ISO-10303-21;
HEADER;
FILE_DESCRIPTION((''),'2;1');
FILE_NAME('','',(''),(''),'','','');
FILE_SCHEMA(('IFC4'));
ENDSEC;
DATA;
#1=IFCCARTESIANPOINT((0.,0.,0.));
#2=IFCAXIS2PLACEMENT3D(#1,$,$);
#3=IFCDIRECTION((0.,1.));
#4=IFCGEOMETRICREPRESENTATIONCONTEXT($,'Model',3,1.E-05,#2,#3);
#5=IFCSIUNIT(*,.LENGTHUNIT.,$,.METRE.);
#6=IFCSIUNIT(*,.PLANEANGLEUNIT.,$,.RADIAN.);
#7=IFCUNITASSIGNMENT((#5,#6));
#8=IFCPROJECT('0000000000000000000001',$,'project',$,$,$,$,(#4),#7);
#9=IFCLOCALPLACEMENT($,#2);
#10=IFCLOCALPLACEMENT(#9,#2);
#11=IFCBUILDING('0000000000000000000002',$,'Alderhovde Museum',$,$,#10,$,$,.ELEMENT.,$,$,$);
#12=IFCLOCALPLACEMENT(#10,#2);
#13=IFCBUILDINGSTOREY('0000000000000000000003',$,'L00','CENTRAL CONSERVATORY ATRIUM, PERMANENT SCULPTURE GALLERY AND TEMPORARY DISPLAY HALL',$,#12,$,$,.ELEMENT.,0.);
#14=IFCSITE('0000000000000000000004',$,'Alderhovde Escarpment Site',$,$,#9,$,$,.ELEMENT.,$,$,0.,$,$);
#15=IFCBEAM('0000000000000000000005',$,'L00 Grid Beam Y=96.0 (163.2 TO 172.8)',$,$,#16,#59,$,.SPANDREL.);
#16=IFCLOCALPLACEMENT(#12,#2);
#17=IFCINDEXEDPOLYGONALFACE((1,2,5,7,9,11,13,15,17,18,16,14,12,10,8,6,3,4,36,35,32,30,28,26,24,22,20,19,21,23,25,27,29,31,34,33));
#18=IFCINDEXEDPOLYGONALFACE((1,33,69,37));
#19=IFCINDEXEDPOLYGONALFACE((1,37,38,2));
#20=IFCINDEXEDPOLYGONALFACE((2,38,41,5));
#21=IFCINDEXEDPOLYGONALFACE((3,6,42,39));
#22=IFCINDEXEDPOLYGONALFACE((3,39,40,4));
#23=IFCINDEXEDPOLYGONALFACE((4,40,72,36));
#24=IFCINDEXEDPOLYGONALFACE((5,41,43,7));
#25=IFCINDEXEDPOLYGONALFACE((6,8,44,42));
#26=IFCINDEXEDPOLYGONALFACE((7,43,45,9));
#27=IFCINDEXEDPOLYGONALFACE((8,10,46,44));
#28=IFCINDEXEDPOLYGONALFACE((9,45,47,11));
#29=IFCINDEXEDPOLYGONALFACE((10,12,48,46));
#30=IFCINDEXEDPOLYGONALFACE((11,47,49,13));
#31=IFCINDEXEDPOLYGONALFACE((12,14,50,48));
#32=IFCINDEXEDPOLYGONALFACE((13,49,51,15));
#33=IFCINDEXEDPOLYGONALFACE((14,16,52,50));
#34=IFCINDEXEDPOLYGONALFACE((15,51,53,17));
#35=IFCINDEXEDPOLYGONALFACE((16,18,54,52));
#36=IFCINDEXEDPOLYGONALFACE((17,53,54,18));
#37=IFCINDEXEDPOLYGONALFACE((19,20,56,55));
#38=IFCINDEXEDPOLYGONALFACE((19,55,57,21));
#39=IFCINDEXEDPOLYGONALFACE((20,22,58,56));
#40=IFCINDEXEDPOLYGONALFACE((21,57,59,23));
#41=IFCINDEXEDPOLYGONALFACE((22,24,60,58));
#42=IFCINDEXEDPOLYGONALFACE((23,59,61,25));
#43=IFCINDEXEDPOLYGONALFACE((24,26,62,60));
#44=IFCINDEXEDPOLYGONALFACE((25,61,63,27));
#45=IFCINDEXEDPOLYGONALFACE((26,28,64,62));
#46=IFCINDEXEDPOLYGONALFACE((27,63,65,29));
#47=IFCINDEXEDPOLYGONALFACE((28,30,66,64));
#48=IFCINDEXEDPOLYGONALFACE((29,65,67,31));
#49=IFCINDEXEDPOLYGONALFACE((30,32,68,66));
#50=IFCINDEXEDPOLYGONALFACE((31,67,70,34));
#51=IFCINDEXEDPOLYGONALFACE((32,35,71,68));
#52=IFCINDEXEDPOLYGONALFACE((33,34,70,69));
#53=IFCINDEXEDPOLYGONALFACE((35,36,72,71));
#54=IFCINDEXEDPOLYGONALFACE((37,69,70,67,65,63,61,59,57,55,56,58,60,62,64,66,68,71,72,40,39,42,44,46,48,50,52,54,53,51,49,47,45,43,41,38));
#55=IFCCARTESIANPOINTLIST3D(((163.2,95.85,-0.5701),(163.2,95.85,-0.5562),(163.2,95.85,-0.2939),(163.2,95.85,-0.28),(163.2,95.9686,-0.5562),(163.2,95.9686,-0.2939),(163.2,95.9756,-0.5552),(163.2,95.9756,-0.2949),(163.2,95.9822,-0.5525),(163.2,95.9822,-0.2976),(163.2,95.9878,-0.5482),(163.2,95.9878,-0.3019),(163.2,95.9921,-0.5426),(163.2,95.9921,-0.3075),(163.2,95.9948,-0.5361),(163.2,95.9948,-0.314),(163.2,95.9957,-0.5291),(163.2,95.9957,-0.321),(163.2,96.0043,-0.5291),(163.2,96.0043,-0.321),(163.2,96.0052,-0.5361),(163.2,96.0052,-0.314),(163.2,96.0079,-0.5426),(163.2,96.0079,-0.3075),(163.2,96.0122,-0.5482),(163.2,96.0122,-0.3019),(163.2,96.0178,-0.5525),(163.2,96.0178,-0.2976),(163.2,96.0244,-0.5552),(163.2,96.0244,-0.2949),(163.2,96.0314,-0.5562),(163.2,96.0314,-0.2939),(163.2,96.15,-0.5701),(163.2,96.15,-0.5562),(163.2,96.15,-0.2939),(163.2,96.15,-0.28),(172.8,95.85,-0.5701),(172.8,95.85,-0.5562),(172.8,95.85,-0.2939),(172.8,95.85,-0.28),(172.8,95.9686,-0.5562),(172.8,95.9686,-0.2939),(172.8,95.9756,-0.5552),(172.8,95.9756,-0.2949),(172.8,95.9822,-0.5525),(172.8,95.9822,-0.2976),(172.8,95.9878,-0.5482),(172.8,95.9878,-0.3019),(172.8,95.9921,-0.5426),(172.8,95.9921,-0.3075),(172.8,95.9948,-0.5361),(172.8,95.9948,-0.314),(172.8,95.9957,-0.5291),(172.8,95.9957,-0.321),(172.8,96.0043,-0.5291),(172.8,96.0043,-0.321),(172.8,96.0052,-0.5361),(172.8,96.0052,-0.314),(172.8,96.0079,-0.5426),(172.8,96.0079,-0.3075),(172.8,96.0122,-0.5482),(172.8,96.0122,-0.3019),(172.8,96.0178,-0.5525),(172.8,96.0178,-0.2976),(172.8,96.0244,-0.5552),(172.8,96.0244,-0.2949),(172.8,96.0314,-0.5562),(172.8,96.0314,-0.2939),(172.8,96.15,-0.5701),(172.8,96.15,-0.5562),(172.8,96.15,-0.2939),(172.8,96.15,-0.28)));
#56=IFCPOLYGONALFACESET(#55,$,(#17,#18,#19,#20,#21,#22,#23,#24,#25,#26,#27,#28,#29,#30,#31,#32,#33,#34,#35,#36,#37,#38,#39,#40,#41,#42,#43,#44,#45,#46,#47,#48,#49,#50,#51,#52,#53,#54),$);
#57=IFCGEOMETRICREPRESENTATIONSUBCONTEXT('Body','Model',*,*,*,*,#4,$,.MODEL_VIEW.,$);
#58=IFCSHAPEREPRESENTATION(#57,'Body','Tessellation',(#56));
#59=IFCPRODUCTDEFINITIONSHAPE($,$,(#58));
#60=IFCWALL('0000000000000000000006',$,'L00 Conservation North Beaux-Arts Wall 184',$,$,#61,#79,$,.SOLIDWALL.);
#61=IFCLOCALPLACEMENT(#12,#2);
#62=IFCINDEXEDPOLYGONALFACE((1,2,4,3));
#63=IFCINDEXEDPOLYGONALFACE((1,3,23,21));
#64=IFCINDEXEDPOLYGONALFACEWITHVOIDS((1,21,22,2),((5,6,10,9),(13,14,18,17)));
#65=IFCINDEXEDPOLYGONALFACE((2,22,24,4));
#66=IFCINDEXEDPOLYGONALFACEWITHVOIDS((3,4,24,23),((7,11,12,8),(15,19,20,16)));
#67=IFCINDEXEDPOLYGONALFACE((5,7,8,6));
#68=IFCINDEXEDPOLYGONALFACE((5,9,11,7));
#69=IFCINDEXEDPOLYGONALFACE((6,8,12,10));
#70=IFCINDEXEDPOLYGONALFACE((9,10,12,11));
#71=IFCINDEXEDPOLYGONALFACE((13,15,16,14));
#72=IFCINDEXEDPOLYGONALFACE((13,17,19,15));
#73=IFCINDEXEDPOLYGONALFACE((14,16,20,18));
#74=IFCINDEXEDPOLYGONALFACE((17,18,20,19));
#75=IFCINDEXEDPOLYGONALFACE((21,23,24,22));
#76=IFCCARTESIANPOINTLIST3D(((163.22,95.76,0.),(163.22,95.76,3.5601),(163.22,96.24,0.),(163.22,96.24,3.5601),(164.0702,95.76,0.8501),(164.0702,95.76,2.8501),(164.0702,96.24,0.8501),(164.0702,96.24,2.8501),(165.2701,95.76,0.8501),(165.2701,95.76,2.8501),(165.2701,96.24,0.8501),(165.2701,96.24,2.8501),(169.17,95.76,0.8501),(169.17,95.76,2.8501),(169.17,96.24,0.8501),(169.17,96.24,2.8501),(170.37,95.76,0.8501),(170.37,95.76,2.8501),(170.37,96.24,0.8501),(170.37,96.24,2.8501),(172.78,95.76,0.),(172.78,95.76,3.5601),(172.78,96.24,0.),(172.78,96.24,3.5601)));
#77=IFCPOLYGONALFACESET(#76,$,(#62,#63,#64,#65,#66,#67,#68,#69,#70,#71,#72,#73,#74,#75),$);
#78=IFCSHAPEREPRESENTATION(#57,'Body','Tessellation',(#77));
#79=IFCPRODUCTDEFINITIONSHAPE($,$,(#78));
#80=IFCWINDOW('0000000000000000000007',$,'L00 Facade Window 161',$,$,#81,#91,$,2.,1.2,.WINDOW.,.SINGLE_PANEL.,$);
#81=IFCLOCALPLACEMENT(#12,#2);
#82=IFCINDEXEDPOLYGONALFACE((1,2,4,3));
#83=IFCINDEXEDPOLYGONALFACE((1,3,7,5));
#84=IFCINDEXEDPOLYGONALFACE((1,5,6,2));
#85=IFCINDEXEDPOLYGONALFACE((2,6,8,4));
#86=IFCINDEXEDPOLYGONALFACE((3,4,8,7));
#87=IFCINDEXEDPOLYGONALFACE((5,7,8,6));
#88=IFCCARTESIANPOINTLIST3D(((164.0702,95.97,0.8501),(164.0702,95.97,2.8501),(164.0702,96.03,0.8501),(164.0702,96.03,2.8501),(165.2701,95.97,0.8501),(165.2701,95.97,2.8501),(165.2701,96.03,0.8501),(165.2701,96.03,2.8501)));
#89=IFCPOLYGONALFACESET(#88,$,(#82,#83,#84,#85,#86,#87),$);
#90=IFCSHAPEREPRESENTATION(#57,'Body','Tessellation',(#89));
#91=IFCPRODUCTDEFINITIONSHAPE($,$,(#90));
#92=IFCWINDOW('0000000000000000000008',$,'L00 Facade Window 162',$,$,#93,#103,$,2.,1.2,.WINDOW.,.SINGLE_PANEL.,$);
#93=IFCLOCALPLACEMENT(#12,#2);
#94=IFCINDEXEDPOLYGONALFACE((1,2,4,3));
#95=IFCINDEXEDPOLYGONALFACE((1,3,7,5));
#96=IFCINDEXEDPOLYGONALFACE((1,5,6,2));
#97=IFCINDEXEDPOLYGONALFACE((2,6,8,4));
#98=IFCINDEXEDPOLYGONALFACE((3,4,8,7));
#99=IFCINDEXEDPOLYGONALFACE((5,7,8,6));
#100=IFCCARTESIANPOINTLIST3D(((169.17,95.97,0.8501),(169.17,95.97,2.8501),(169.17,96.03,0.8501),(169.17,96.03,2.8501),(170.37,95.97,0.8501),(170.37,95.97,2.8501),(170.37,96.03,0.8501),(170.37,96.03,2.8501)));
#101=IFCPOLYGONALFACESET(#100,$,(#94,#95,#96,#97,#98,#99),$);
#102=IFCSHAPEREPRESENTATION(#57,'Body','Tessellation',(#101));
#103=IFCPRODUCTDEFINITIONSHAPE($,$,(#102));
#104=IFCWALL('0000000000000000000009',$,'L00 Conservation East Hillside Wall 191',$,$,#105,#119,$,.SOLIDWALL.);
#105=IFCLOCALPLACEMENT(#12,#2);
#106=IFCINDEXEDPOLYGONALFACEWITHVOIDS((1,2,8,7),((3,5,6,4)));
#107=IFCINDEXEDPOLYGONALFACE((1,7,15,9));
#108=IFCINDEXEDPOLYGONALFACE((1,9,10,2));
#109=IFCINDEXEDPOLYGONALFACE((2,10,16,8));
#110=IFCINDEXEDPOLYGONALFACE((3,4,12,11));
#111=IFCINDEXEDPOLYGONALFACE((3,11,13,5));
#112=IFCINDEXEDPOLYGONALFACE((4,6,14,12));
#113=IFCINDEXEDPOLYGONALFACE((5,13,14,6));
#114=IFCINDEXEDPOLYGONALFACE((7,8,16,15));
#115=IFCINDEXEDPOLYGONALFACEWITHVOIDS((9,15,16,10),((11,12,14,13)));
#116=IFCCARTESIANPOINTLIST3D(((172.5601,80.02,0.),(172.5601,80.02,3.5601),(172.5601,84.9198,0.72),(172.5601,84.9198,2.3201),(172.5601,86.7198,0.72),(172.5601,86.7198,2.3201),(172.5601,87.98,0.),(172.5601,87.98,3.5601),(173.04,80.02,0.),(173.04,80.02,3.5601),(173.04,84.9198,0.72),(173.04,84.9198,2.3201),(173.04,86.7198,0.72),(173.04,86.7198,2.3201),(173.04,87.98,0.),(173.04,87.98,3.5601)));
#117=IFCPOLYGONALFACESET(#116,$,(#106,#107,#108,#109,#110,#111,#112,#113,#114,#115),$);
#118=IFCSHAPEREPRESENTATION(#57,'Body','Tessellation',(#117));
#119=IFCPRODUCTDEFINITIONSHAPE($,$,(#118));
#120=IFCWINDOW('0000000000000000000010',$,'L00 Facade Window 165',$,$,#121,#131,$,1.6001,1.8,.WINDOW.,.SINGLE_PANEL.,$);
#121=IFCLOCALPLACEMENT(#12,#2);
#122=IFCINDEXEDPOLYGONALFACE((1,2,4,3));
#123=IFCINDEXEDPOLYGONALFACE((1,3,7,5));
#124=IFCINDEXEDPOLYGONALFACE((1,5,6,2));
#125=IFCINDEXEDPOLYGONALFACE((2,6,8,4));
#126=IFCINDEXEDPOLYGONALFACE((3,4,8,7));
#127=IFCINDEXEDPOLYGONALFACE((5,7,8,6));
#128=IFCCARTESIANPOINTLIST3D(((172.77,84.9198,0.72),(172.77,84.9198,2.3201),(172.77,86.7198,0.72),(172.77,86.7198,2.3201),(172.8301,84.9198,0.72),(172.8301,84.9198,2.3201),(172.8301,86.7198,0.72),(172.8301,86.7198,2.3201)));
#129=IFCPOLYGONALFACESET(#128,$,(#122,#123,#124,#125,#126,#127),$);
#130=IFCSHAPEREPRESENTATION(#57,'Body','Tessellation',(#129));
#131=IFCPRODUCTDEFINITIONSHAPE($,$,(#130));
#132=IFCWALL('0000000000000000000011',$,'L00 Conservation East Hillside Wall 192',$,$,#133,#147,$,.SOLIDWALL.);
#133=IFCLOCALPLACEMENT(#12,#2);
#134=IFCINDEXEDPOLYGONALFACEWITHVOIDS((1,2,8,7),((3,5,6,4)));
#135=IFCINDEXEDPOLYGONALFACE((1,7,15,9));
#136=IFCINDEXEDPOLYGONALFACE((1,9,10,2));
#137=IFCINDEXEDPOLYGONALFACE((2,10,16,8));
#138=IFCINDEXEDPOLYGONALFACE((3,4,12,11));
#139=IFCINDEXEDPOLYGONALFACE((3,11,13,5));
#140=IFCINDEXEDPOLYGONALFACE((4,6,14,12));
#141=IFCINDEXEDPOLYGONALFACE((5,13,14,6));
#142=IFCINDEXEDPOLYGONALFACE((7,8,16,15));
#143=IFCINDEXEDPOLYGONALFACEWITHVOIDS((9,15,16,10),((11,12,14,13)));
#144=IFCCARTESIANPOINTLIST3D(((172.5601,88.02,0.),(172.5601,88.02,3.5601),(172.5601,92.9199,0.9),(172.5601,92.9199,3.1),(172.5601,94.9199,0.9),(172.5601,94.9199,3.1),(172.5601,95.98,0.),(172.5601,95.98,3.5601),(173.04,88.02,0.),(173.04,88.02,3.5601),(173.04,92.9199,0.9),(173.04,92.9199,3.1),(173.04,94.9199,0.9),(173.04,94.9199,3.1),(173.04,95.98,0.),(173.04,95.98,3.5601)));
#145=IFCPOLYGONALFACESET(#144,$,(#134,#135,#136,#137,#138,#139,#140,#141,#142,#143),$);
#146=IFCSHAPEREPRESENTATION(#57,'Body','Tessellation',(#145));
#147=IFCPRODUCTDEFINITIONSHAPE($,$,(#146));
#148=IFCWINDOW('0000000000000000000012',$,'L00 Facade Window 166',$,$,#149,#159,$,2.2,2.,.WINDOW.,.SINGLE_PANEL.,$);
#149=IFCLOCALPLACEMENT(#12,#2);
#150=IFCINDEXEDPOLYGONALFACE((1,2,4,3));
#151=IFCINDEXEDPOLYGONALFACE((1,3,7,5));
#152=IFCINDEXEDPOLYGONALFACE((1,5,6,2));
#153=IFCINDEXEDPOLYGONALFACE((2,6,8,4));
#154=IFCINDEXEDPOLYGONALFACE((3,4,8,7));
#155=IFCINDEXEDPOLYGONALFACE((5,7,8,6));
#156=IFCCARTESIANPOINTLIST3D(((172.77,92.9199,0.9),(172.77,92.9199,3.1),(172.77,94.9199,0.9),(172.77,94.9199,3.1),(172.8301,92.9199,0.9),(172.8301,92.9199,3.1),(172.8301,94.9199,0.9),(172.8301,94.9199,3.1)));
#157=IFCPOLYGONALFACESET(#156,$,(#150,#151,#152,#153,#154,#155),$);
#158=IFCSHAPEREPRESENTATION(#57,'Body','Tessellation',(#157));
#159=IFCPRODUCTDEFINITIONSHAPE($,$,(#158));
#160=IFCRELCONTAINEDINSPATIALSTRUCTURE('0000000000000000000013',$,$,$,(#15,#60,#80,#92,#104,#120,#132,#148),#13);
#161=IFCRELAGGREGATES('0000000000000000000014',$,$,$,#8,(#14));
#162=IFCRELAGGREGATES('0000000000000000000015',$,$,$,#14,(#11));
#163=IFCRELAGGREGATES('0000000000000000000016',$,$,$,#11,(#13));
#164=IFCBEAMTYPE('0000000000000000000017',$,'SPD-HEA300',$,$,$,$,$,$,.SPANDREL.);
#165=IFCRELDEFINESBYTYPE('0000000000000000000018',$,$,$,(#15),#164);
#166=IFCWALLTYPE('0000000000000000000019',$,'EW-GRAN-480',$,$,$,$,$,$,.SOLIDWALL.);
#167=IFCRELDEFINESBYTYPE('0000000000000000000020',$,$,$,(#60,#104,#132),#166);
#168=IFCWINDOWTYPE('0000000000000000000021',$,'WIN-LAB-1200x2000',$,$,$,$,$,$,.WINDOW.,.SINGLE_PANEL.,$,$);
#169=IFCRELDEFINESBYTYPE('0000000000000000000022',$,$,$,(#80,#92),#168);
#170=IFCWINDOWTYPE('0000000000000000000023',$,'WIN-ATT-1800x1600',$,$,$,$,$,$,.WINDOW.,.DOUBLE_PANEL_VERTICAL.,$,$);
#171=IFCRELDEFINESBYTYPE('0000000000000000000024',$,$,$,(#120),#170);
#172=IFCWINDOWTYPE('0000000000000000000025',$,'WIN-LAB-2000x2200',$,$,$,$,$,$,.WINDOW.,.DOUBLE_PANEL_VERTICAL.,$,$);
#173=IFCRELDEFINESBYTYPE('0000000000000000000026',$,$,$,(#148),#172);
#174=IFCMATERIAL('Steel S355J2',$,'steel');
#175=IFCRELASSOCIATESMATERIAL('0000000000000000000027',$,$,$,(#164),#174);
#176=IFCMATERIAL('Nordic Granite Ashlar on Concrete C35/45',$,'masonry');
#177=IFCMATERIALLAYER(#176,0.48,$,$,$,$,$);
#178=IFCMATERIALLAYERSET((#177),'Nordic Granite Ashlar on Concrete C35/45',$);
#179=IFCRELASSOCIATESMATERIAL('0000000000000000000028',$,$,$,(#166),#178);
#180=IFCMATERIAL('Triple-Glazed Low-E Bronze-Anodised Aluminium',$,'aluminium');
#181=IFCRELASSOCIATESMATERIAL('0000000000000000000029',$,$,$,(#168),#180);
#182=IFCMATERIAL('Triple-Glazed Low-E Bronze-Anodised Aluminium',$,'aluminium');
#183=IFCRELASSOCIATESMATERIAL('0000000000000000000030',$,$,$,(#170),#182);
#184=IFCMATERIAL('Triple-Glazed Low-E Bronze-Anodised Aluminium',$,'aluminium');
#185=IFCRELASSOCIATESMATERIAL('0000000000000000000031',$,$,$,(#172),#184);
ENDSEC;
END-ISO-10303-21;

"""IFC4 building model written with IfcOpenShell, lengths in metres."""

from ifc_helpers import new_model, si_unit, direction, frame, frame_2d, origin, origin_2d, place, context, subcontext, project, spatial, rectangle, i_section, extrude, material, layer, layer_set, material_profile, profile_set, type_object, element, fill, save


model = new_model("IFC4")

# Units and contexts
model_context = context("Model", 3, precision=1e-05, world=origin(), true_north=direction((0.0, 1.0)))
body_context = subcontext(model_context, "Body", "Model", "MODEL_VIEW")
ifc_project = project(units=[si_unit("LENGTHUNIT", "METRE"), si_unit("PLANEANGLEUNIT", "RADIAN")], contexts=[model_context])

# Site, building, storey
site_placement = place(None, origin())
site = spatial("IfcSite", under=ifc_project, at=site_placement, Name="Alderhovde Escarpment Site", CompositionType="ELEMENT", RefElevation=0.0)
building_placement = place(site_placement, origin())
building = spatial("IfcBuilding", under=site, at=building_placement, Name="Alderhovde Museum", CompositionType="ELEMENT")
storey_placement = place(building_placement, origin())
storey = spatial("IfcBuildingStorey", under=building, at=storey_placement, Name="L00", Description="CENTRAL CONSERVATORY ATRIUM, PERMANENT SCULPTURE GALLERY AND TEMPORARY DISPLAY HALL", CompositionType="ELEMENT", Elevation=0.0)

# Beam
ifc_material_1 = material(Name="Steel S355J2", Category="steel")
ifc_material_profile_1 = material_profile(ifc_material_1, i_section(OverallWidth=0.3, OverallDepth=0.29, WebThickness=0.0085, FlangeThickness=0.0139, FilletRadius=0.0271, at=origin_2d()), Name="HEA 300")
ifc_profile_set_1 = profile_set([ifc_material_profile_1], Name="Steel S355J2")
beam_type_1 = type_object("IfcBeamType", Name="SPD-HEA300", PredefinedType="SPANDREL", material=ifc_profile_set_1)
beam_1_placement = place(storey_placement, frame((163.2, 96.0, -0.425), z_axis=(1.0, 0.0, 0.0), x_axis=(0.0, 1.0, 0.0)))
element("IfcBeam", 1, at=beam_1_placement, inside=storey, type_object=beam_type_1, Name="L00 Grid Beam Y=96.0 (163.2 TO 172.8)", PredefinedType="SPANDREL", context=body_context, shape_type="SweptSolid", body=[
    extrude(i_section(OverallWidth=0.3, OverallDepth=0.29, WebThickness=0.0085, FlangeThickness=0.0139, FilletRadius=0.0271, at=origin_2d()), origin(), (0.0, 0.0, 1.0), 9.6001),
])

# Wall, openings, windows
ifc_material_2 = material(Name="Nordic Granite Ashlar on Concrete C35/45", Category="masonry")
ifc_layer = layer(ifc_material_2, 0.48)
ifc_layer_set = layer_set([ifc_layer], Name="Nordic Granite Ashlar on Concrete C35/45")
wall_type = type_object("IfcWallType", Name="EW-GRAN-480", PredefinedType="SOLIDWALL", material=ifc_layer_set)
wall_1_placement = place(storey_placement, frame((163.22, 96.0, 0.0), z_axis=(0.0, 0.0, 1.0), x_axis=(1.0, 0.0, 0.0)))
wall_1 = element("IfcWall", 2, at=wall_1_placement, inside=storey, type_object=wall_type, Name="L00 Conservation North Beaux-Arts Wall 184", PredefinedType="SOLIDWALL", context=body_context, shape_type="SweptSolid", body=[
    extrude(rectangle(XDim=9.5601, YDim=0.48, at=frame_2d((4.78, 0.0))), origin(), (0.0, 0.0, 1.0), 3.5601),
])
opening_1_placement = place(wall_1_placement, frame((0.8501, 0.0, 0.8501)))
opening_1 = element("IfcOpeningElement", 3, at=opening_1_placement, cuts=wall_1, PredefinedType="OPENING", context=body_context, shape_type="SweptSolid", body=[
    extrude(rectangle(XDim=1.2, YDim=2.0, at=frame_2d((0.6001, 1.0))), frame((0.0, 0.25, 0.0), z_axis=(0.0, -1.0, 0.0), x_axis=(1.0, 0.0, 0.0)), (0.0, 0.0, 1.0), 0.5),
])
opening_2_placement = place(wall_1_placement, frame((5.95, 0.0, 0.8501)))
opening_2 = element("IfcOpeningElement", 4, at=opening_2_placement, cuts=wall_1, PredefinedType="OPENING", context=body_context, shape_type="SweptSolid", body=[
    extrude(rectangle(XDim=1.2, YDim=2.0, at=frame_2d((0.6001, 1.0))), frame((0.0, 0.25, 0.0), z_axis=(0.0, -1.0, 0.0), x_axis=(1.0, 0.0, 0.0)), (0.0, 0.0, 1.0), 0.5),
])
ifc_material_3 = material(Name="Triple-Glazed Low-E Bronze-Anodised Aluminium", Category="aluminium")
window_type_1 = type_object("IfcWindowType", Name="WIN-LAB-1200x2000", PartitioningType="SINGLE_PANEL", PredefinedType="WINDOW", material=ifc_material_3)
window_1_placement = place(opening_1_placement, origin())
window_1 = element("IfcWindow", 5, at=window_1_placement, inside=storey, type_object=window_type_1, Name="L00 Facade Window 161", OverallHeight=2.0, OverallWidth=1.2, PartitioningType="SINGLE_PANEL", PredefinedType="WINDOW", context=body_context, shape_type="SweptSolid", body=[
    extrude(rectangle(XDim=1.2, YDim=2.0, at=frame_2d((0.6001, 1.0))), frame((0.0, 0.03, 0.0), z_axis=(0.0, -1.0, 0.0), x_axis=(1.0, 0.0, 0.0)), (0.0, 0.0, 1.0), 0.0601),
])
fill(opening_1, window_1)
window_2_placement = place(opening_2_placement, origin())
window_2 = element("IfcWindow", 6, at=window_2_placement, inside=storey, type_object=window_type_1, Name="L00 Facade Window 162", OverallHeight=2.0, OverallWidth=1.2, PartitioningType="SINGLE_PANEL", PredefinedType="WINDOW", context=body_context, shape_type="SweptSolid", body=[
    extrude(rectangle(XDim=1.2, YDim=2.0, at=frame_2d((0.6001, 1.0))), frame((0.0, 0.03, 0.0), z_axis=(0.0, -1.0, 0.0), x_axis=(1.0, 0.0, 0.0)), (0.0, 0.0, 1.0), 0.0601),
])
fill(opening_2, window_2)

# Walls, openings, windows
wall_2_placement = place(storey_placement, frame((172.8, 80.02, 0.0), z_axis=(0.0, 0.0, 1.0), x_axis=(0.0, 1.0, 0.0)))
wall_2 = element("IfcWall", 7, at=wall_2_placement, inside=storey, type_object=wall_type, Name="L00 Conservation East Hillside Wall 191", PredefinedType="SOLIDWALL", context=body_context, shape_type="SweptSolid", body=[
    extrude(rectangle(XDim=7.96, YDim=0.48, at=frame_2d((3.98, 0.0))), origin(), (0.0, 0.0, 1.0), 3.5601),
])
opening_3_placement = place(wall_2_placement, frame((4.8999, 0.0, 0.72)))
opening_3 = element("IfcOpeningElement", 8, at=opening_3_placement, cuts=wall_2, PredefinedType="OPENING", context=body_context, shape_type="SweptSolid", body=[
    extrude(rectangle(XDim=1.8, YDim=1.6001, at=frame_2d((0.8999, 0.8))), frame((0.0, 0.25, 0.0), z_axis=(0.0, -1.0, 0.0), x_axis=(1.0, 0.0, 0.0)), (0.0, 0.0, 1.0), 0.5),
])
ifc_material_4 = material(Name="Triple-Glazed Low-E Bronze-Anodised Aluminium", Category="aluminium")
window_type_2 = type_object("IfcWindowType", Name="WIN-ATT-1800x1600", PartitioningType="DOUBLE_PANEL_VERTICAL", PredefinedType="WINDOW", material=ifc_material_4)
window_3_placement = place(opening_3_placement, origin())
window_3 = element("IfcWindow", 9, at=window_3_placement, inside=storey, type_object=window_type_2, Name="L00 Facade Window 165", OverallHeight=1.6001, OverallWidth=1.8, PartitioningType="SINGLE_PANEL", PredefinedType="WINDOW", context=body_context, shape_type="SweptSolid", body=[
    extrude(rectangle(XDim=1.8, YDim=1.6001, at=frame_2d((0.8999, 0.8))), frame((0.0, 0.03, 0.0), z_axis=(0.0, -1.0, 0.0), x_axis=(1.0, 0.0, 0.0)), (0.0, 0.0, 1.0), 0.0601),
])
fill(opening_3, window_3)
wall_3_placement = place(storey_placement, frame((172.8, 88.02, 0.0), z_axis=(0.0, 0.0, 1.0), x_axis=(0.0, 1.0, 0.0)))
wall_3 = element("IfcWall", 10, at=wall_3_placement, inside=storey, type_object=wall_type, Name="L00 Conservation East Hillside Wall 192", PredefinedType="SOLIDWALL", context=body_context, shape_type="SweptSolid", body=[
    extrude(rectangle(XDim=7.96, YDim=0.48, at=frame_2d((3.98, 0.0))), origin(), (0.0, 0.0, 1.0), 3.5601),
])
opening_4_placement = place(wall_3_placement, frame((4.8999, 0.0, 0.8999)))
opening_4 = element("IfcOpeningElement", 11, at=opening_4_placement, cuts=wall_3, PredefinedType="OPENING", context=body_context, shape_type="SweptSolid", body=[
    extrude(rectangle(XDim=2.0, YDim=2.2, at=frame_2d((1.0, 1.1001))), frame((0.0, 0.25, 0.0), z_axis=(0.0, -1.0, 0.0), x_axis=(1.0, 0.0, 0.0)), (0.0, 0.0, 1.0), 0.5),
])
ifc_material_5 = material(Name="Triple-Glazed Low-E Bronze-Anodised Aluminium", Category="aluminium")
window_type_3 = type_object("IfcWindowType", Name="WIN-LAB-2000x2200", PartitioningType="DOUBLE_PANEL_VERTICAL", PredefinedType="WINDOW", material=ifc_material_5)
window_4_placement = place(opening_4_placement, origin())
window_4 = element("IfcWindow", 12, at=window_4_placement, inside=storey, type_object=window_type_3, Name="L00 Facade Window 166", OverallHeight=2.2, OverallWidth=2.0, PartitioningType="SINGLE_PANEL", PredefinedType="WINDOW", context=body_context, shape_type="SweptSolid", body=[
    extrude(rectangle(XDim=2.0, YDim=2.2, at=frame_2d((1.0, 1.1001))), frame((0.0, 0.03, 0.0), z_axis=(0.0, -1.0, 0.0), x_axis=(1.0, 0.0, 0.0)), (0.0, 0.0, 1.0), 0.0601),
])
fill(opening_4, window_4)

save(model, "model.ifc")
